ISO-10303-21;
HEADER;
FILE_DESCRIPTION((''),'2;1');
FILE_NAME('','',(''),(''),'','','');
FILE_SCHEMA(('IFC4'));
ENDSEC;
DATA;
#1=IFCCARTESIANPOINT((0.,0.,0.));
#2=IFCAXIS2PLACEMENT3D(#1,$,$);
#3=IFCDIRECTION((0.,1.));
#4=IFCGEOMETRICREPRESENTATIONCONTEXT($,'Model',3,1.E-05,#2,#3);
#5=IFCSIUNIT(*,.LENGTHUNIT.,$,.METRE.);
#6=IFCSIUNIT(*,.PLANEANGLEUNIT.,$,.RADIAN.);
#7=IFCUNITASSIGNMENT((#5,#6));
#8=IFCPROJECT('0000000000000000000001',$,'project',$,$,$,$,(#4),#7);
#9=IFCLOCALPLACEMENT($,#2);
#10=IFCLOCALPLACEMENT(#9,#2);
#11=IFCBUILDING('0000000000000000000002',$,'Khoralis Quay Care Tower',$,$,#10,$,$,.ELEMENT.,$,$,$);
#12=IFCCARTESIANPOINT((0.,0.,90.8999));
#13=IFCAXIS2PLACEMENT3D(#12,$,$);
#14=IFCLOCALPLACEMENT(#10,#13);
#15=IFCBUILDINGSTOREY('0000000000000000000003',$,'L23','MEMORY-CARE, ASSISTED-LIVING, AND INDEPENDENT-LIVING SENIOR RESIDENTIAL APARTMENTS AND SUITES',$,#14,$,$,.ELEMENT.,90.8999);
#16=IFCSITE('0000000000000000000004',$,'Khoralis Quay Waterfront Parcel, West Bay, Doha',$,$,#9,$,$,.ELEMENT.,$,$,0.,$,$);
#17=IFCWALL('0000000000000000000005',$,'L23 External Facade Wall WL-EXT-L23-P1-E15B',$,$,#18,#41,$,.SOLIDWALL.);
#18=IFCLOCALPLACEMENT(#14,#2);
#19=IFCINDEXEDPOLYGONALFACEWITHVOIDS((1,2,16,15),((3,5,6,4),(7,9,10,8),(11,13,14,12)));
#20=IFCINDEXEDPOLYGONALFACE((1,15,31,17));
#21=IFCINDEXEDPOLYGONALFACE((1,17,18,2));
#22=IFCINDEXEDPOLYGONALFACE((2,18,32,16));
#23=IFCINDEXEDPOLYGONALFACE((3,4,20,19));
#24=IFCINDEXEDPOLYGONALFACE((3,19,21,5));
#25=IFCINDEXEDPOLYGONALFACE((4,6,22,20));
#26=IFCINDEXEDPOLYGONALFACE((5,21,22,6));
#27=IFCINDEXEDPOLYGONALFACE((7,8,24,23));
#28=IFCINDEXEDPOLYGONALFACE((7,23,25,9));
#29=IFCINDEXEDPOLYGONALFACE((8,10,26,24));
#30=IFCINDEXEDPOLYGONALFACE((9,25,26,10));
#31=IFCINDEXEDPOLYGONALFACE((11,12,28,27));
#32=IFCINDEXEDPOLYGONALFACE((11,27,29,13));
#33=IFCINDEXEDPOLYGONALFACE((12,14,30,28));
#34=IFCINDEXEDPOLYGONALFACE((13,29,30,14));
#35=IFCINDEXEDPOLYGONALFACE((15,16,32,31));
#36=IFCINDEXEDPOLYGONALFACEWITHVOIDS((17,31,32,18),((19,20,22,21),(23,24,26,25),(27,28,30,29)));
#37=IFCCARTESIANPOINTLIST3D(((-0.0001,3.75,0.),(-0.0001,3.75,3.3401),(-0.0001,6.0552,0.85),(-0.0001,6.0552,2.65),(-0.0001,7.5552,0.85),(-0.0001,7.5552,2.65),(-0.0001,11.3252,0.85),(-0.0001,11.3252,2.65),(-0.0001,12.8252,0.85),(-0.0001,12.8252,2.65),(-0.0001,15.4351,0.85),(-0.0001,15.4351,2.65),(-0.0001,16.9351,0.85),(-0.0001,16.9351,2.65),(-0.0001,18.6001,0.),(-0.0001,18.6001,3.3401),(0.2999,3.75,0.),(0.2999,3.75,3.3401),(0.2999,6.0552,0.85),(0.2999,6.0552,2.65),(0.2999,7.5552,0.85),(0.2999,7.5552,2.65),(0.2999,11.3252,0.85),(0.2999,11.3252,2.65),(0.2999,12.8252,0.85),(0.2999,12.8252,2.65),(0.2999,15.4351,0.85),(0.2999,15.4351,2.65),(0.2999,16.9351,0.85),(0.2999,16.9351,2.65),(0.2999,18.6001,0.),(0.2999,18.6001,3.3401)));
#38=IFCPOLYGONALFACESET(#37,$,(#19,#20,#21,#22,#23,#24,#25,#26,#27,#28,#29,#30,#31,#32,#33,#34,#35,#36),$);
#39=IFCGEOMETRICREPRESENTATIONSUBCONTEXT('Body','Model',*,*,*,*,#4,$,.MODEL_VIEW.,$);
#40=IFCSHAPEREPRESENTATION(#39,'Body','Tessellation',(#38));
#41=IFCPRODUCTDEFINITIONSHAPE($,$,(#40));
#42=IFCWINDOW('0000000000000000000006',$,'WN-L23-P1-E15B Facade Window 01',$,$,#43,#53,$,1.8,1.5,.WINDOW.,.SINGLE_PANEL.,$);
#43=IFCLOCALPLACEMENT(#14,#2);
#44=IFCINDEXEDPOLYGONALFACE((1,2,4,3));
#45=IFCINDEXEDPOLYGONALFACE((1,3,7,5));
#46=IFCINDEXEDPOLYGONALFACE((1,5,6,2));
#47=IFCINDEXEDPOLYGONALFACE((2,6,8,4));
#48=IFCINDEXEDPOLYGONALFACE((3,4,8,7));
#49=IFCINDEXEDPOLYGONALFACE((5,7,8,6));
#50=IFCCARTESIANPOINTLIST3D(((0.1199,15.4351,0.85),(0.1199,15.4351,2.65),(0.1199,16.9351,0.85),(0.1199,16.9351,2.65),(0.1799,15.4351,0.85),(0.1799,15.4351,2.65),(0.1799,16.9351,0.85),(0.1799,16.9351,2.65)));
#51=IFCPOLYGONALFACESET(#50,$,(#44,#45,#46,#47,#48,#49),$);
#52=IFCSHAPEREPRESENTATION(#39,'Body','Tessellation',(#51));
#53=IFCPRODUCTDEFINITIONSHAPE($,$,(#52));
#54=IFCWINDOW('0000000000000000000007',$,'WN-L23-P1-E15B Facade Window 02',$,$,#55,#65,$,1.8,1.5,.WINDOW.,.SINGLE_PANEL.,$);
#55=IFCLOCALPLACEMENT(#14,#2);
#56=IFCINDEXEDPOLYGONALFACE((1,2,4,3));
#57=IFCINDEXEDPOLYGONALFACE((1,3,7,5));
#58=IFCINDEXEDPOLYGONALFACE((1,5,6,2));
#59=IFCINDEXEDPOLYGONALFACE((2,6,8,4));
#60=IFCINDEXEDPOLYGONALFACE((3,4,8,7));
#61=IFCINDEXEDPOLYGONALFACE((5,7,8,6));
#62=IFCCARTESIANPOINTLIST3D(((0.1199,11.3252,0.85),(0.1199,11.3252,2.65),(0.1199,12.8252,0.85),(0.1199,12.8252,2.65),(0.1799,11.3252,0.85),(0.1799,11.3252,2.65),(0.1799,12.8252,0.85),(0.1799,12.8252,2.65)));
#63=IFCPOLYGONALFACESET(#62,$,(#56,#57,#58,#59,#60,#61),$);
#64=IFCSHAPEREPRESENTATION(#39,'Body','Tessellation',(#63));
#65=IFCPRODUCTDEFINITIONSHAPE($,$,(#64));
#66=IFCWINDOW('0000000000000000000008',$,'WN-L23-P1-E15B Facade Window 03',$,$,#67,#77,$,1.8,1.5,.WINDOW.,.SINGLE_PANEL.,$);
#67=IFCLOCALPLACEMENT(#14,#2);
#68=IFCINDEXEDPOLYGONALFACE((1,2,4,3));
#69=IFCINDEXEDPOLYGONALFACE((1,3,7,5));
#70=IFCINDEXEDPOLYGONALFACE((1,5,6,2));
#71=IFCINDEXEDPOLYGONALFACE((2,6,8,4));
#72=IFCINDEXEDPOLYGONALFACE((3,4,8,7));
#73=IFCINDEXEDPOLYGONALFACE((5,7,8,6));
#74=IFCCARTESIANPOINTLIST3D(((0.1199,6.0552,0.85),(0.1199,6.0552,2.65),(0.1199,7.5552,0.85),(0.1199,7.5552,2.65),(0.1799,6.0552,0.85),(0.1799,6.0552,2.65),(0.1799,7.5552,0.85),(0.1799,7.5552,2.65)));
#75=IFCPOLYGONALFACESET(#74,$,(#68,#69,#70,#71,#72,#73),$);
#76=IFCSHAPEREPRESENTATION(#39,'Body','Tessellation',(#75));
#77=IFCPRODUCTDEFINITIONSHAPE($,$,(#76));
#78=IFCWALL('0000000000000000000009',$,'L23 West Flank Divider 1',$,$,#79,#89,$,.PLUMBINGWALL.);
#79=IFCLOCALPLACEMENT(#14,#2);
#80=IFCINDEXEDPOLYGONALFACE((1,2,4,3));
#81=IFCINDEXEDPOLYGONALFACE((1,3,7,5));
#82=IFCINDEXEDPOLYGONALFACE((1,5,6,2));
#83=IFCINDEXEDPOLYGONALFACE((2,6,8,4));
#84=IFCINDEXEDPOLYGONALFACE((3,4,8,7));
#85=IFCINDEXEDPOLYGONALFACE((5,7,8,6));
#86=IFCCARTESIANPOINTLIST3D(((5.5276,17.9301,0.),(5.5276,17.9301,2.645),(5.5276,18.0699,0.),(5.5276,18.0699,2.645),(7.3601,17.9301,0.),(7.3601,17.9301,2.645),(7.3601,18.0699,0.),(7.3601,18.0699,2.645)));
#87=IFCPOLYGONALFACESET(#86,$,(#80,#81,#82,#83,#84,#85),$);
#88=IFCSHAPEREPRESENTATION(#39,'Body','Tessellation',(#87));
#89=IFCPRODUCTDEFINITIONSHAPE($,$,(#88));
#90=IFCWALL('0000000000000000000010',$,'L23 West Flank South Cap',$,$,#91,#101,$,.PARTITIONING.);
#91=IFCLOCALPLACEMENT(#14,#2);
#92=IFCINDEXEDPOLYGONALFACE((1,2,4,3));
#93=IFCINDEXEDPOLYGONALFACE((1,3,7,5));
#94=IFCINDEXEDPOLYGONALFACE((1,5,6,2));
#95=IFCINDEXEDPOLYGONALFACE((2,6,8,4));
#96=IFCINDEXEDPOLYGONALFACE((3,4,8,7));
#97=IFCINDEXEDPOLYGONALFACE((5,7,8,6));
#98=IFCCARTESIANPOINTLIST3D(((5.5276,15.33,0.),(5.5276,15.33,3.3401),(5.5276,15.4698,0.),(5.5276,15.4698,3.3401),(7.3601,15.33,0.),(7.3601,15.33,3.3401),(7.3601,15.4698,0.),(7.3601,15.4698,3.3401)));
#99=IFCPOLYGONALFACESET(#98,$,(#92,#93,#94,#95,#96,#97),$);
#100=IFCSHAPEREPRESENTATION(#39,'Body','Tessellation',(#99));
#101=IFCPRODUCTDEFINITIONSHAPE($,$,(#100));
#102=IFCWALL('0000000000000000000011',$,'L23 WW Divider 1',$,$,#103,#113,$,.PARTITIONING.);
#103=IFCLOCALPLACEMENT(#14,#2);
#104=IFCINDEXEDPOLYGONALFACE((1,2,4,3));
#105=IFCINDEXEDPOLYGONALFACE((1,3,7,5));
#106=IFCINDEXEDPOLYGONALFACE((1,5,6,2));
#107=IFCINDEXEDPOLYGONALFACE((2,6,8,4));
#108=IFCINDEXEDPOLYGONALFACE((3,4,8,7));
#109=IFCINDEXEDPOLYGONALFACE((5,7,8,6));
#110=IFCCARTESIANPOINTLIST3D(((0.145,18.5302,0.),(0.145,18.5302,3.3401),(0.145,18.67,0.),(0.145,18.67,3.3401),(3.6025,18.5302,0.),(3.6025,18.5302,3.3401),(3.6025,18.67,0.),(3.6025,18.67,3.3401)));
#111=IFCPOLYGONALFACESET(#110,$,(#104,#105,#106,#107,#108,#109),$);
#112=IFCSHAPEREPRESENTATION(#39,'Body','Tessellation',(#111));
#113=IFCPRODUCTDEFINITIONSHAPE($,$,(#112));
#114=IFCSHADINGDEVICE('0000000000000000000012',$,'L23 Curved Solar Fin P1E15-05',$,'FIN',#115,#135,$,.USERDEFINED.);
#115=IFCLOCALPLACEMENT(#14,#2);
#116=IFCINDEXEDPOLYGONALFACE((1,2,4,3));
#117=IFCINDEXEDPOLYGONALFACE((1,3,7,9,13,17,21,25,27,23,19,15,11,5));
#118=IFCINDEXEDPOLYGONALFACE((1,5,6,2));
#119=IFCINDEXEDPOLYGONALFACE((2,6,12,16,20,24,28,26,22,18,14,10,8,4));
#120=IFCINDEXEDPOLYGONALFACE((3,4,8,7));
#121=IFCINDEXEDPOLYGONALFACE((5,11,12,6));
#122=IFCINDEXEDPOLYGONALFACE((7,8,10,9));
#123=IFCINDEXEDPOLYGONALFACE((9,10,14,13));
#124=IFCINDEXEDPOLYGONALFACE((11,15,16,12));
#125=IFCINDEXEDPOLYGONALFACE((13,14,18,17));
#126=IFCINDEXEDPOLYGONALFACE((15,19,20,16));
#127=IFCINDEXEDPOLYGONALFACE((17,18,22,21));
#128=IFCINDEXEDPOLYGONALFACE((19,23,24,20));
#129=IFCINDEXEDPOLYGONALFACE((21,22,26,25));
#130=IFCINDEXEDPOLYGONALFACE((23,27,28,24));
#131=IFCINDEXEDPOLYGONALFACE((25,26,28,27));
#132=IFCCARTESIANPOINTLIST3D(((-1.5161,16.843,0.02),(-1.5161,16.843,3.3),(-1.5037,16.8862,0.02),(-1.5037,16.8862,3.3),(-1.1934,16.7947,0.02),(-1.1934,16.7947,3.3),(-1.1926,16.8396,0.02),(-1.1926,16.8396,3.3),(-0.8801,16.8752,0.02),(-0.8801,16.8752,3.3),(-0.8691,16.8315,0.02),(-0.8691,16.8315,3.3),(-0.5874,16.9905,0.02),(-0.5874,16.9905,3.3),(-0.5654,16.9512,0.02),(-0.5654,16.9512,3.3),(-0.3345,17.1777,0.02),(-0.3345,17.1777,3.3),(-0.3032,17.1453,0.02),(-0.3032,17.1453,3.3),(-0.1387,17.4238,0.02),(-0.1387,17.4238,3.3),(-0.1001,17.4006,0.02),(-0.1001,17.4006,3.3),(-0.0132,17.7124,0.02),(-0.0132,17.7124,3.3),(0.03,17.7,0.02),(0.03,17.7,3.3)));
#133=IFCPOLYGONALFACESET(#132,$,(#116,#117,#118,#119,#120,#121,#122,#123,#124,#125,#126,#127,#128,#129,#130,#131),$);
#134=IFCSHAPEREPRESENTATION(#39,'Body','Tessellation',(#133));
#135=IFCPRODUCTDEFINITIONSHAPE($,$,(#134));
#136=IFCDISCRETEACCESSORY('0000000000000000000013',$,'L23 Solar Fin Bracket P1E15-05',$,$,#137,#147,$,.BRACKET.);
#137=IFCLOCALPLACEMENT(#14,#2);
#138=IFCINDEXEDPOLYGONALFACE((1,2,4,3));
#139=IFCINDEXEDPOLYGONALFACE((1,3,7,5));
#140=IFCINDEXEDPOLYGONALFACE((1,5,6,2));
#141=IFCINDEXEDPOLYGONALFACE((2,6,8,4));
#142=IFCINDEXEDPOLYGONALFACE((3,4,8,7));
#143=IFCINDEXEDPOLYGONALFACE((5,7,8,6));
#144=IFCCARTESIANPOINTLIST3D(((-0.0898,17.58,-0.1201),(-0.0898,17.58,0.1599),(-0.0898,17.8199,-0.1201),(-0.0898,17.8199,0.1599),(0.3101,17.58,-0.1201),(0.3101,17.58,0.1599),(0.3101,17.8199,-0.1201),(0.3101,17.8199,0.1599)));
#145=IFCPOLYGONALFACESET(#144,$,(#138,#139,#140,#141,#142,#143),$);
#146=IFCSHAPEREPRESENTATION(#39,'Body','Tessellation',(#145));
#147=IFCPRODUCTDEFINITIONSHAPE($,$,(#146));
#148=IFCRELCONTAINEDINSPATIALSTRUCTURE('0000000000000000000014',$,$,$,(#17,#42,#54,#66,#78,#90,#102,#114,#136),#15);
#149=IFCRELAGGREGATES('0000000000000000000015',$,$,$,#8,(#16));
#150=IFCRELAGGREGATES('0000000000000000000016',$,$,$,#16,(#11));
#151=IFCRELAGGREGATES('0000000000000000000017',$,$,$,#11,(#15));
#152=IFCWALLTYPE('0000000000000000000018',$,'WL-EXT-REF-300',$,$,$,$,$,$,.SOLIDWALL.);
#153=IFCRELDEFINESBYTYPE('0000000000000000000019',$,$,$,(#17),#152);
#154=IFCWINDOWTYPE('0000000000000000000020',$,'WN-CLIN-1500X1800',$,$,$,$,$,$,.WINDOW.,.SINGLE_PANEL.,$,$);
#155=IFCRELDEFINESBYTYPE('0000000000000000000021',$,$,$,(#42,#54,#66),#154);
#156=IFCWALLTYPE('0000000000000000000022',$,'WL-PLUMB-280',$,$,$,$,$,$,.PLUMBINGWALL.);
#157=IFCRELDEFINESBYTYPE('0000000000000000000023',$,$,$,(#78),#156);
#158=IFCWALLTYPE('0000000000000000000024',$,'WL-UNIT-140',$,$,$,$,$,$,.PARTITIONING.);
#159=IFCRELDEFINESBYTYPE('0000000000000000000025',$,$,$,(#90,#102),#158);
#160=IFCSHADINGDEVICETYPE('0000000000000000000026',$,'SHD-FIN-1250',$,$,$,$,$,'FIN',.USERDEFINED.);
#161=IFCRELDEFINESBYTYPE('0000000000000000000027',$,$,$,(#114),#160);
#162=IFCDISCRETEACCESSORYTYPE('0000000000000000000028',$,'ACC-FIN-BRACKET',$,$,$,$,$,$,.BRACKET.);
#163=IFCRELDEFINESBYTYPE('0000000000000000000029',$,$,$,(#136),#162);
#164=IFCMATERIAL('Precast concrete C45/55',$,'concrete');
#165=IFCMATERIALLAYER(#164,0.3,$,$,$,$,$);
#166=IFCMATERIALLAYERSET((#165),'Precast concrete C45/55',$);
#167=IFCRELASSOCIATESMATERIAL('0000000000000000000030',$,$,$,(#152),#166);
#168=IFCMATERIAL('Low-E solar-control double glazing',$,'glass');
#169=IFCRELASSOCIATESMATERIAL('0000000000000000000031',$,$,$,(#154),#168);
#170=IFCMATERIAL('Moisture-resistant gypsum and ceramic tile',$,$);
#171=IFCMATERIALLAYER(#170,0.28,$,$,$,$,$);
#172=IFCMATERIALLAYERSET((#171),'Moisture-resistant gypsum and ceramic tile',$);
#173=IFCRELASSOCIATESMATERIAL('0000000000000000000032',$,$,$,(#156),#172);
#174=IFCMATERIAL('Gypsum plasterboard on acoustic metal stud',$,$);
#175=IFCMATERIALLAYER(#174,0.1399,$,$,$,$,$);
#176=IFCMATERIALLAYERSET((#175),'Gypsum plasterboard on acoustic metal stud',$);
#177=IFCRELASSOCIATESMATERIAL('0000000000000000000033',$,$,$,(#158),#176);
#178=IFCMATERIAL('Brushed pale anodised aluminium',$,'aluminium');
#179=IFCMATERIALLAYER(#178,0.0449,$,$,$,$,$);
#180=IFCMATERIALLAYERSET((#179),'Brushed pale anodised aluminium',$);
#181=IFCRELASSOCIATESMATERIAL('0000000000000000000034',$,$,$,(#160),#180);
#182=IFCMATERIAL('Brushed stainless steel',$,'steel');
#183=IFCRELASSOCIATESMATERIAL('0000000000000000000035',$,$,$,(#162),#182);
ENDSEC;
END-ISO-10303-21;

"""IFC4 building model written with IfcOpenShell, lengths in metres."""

from ifc_helpers import new_model, si_unit, direction, frame, frame_2d, origin, origin_2d, place, context, subcontext, project, spatial, polyline, rectangle, outline, extrude, source, transform, mapped, material, layer, layer_set, type_object, element, fill, save


model = new_model("IFC4")

# Units and contexts
model_context = context("Model", 3, precision=1e-05, world=origin(), true_north=direction((0.0, 1.0)))
body_context = subcontext(model_context, "Body", "Model", "MODEL_VIEW")
ifc_project = project(units=[si_unit("LENGTHUNIT", "METRE"), si_unit("PLANEANGLEUNIT", "RADIAN")], contexts=[model_context])

# Site, building, storey
site_placement = place(None, origin())
site = spatial("IfcSite", under=ifc_project, at=site_placement, Name="Khoralis Quay Waterfront Parcel, West Bay, Doha", CompositionType="ELEMENT", RefElevation=0.0)
building_placement = place(site_placement, origin())
building = spatial("IfcBuilding", under=site, at=building_placement, Name="Khoralis Quay Care Tower", CompositionType="ELEMENT")
storey_placement = place(building_placement, frame((0.0, 0.0, 90.8999)))
storey = spatial("IfcBuildingStorey", under=building, at=storey_placement, Name="L23", Description="MEMORY-CARE, ASSISTED-LIVING, AND INDEPENDENT-LIVING SENIOR RESIDENTIAL APARTMENTS AND SUITES", CompositionType="ELEMENT", Elevation=90.8999)

# Shared definitions
ifc_material_1 = material(Name="Low-E solar-control double glazing", Category="glass")

# Wall, openings, windows
ifc_material_2 = material(Name="Precast concrete C45/55", Category="concrete")
ifc_layer_1 = layer(ifc_material_2, 0.3)
ifc_layer_set_1 = layer_set([ifc_layer_1], Name="Precast concrete C45/55")
wall_type_1 = type_object("IfcWallType", Name="WL-EXT-REF-300", PredefinedType="SOLIDWALL", material=ifc_layer_set_1)
wall_1_placement = place(storey_placement, frame((0.1499, 18.6001, 0.0), z_axis=(0.0, 0.0, 1.0), x_axis=(0.0, -1.0, 0.0)))
wall_1 = element("IfcWall", 1, at=wall_1_placement, inside=storey, type_object=wall_type_1, Name="L23 External Facade Wall WL-EXT-L23-P1-E15B", PredefinedType="SOLIDWALL", context=body_context, shape_type="SweptSolid", body=[
    extrude(rectangle(XDim=14.8501, YDim=0.3, at=frame_2d((7.425, 0.0))), origin(), (0.0, 0.0, 1.0), 3.3401),
])
opening_1_placement = place(wall_1_placement, frame((1.665, 0.0, 0.8501)))
opening_1 = element("IfcOpeningElement", 2, at=opening_1_placement, cuts=wall_1, PredefinedType="OPENING", context=body_context, shape_type="SweptSolid", body=[
    extrude(rectangle(XDim=1.5, YDim=1.8, at=frame_2d((0.75, 0.8999))), frame((0.0, 0.1602, 0.0), z_axis=(0.0, -1.0, 0.0), x_axis=(1.0, 0.0, 0.0)), (0.0, 0.0, 1.0), 0.3201),
])
opening_2_placement = place(wall_1_placement, frame((5.7749, 0.0, 0.8501)))
opening_2 = element("IfcOpeningElement", 3, at=opening_2_placement, cuts=wall_1, PredefinedType="OPENING", context=body_context, shape_type="SweptSolid", body=[
    extrude(rectangle(XDim=1.5, YDim=1.8, at=frame_2d((0.75, 0.8999))), frame((0.0, 0.1602, 0.0), z_axis=(0.0, -1.0, 0.0), x_axis=(1.0, 0.0, 0.0)), (0.0, 0.0, 1.0), 0.3201),
])
opening_3_placement = place(wall_1_placement, frame((11.0449, 0.0, 0.8501)))
opening_3 = element("IfcOpeningElement", 4, at=opening_3_placement, cuts=wall_1, PredefinedType="OPENING", context=body_context, shape_type="SweptSolid", body=[
    extrude(rectangle(XDim=1.5, YDim=1.8, at=frame_2d((0.75, 0.8999))), frame((0.0, 0.1602, 0.0), z_axis=(0.0, -1.0, 0.0), x_axis=(1.0, 0.0, 0.0)), (0.0, 0.0, 1.0), 0.3201),
])
window_type = type_object("IfcWindowType", Name="WN-CLIN-1500X1800", PartitioningType="SINGLE_PANEL", PredefinedType="WINDOW", material=ifc_material_1)
shared_shape_1 = source(origin(), body_context, "Body", "SweptSolid", [
    extrude(rectangle(XDim=1.5, YDim=1.8, at=frame_2d((0.75, 0.8999))), frame((0.0, 0.03, 0.0), z_axis=(0.0, -1.0, 0.0), x_axis=(1.0, 0.0, 0.0)), (0.0, 0.0, 1.0), 0.0601),
])
window_1_placement = place(opening_1_placement, origin())
window_1 = element("IfcWindow", 5, at=window_1_placement, inside=storey, type_object=window_type, Name="WN-L23-P1-E15B Facade Window 01", OverallHeight=1.8, OverallWidth=1.5, PartitioningType="SINGLE_PANEL", PredefinedType="WINDOW", context=body_context, shape_type="MappedRepresentation", body=[
    mapped(shared_shape_1, transform((0.0, 0.0, 0.0), scale=1.0)),
])
fill(opening_1, window_1)
window_2_placement = place(opening_2_placement, origin())
window_2 = element("IfcWindow", 6, at=window_2_placement, inside=storey, type_object=window_type, Name="WN-L23-P1-E15B Facade Window 02", OverallHeight=1.8, OverallWidth=1.5, PartitioningType="SINGLE_PANEL", PredefinedType="WINDOW", context=body_context, shape_type="MappedRepresentation", body=[
    mapped(shared_shape_1, transform((0.0, 0.0, 0.0), scale=1.0)),
])
fill(opening_2, window_2)
window_3_placement = place(opening_3_placement, origin())
window_3 = element("IfcWindow", 7, at=window_3_placement, inside=storey, type_object=window_type, Name="WN-L23-P1-E15B Facade Window 03", OverallHeight=1.8, OverallWidth=1.5, PartitioningType="SINGLE_PANEL", PredefinedType="WINDOW", context=body_context, shape_type="MappedRepresentation", body=[
    mapped(shared_shape_1, transform((0.0, 0.0, 0.0), scale=1.0)),
])
fill(opening_3, window_3)

# Walls
ifc_material_3 = material(Name="Moisture-resistant gypsum and ceramic tile")
ifc_layer_2 = layer(ifc_material_3, 0.28)
ifc_layer_set_2 = layer_set([ifc_layer_2], Name="Moisture-resistant gypsum and ceramic tile")
wall_type_2 = type_object("IfcWallType", Name="WL-PLUMB-280", PredefinedType="PLUMBINGWALL", material=ifc_layer_set_2)
wall_2_placement = place(storey_placement, frame((5.5276, 18.0, 0.0), z_axis=(0.0, 0.0, 1.0), x_axis=(1.0, 0.0, 0.0)))
element("IfcWall", 8, at=wall_2_placement, inside=storey, type_object=wall_type_2, Name="L23 West Flank Divider 1", PredefinedType="PLUMBINGWALL", context=body_context, shape_type="SweptSolid", body=[
    extrude(rectangle(XDim=1.8325, YDim=0.1399, at=frame_2d((0.9163, 0.0))), origin(), (0.0, 0.0, 1.0), 2.645),
])
ifc_material_4 = material(Name="Gypsum plasterboard on acoustic metal stud")
ifc_layer_3 = layer(ifc_material_4, 0.1399)
ifc_layer_set_3 = layer_set([ifc_layer_3], Name="Gypsum plasterboard on acoustic metal stud")
wall_type_3 = type_object("IfcWallType", Name="WL-UNIT-140", PredefinedType="PARTITIONING", material=ifc_layer_set_3)
wall_3_placement = place(storey_placement, frame((5.5276, 15.3999, 0.0), z_axis=(0.0, 0.0, 1.0), x_axis=(1.0, 0.0, 0.0)))
element("IfcWall", 9, at=wall_3_placement, inside=storey, type_object=wall_type_3, Name="L23 West Flank South Cap", PredefinedType="PARTITIONING", context=body_context, shape_type="SweptSolid", body=[
    extrude(rectangle(XDim=1.8325, YDim=0.1399, at=frame_2d((0.9163, 0.0))), origin(), (0.0, 0.0, 1.0), 3.3401),
])
wall_4_placement = place(storey_placement, frame((0.145, 18.6001, 0.0), z_axis=(0.0, 0.0, 1.0), x_axis=(1.0, 0.0, 0.0)))
element("IfcWall", 10, at=wall_4_placement, inside=storey, type_object=wall_type_3, Name="L23 WW Divider 1", PredefinedType="PARTITIONING", context=body_context, shape_type="SweptSolid", body=[
    extrude(rectangle(XDim=3.4575, YDim=0.1399, at=frame_2d((1.7288, 0.0))), origin(), (0.0, 0.0, 1.0), 3.3401),
])

# Shading device
ifc_material_5 = material(Name="Brushed pale anodised aluminium", Category="aluminium")
ifc_layer_4 = layer(ifc_material_5, 0.0449)
ifc_layer_set_4 = layer_set([ifc_layer_4], Name="Brushed pale anodised aluminium")
shading_device_type = type_object("IfcShadingDeviceType", Name="SHD-FIN-1250", ElementType="FIN", PredefinedType="USERDEFINED", material=ifc_layer_set_4)
shared_shape_2 = source(origin(), body_context, "Body", "SweptSolid", [
    extrude(outline(polyline([(0.0, 0.0), (0.1301, 0.2993), (0.3333, 0.5547), (0.5955, 0.7488), (0.8992, 0.8684), (1.2234, 0.9053), (1.5461, 0.8569), (1.5337, 0.8137), (1.2227, 0.8604), (0.9102, 0.8247), (0.6174, 0.7095), (0.3645, 0.5222), (0.1687, 0.2761), (0.0432, -0.0125), (0.0, 0.0)])), origin(), (0.0, 0.0, 1.0), 3.28),
])
shading_device_placement = place(storey_placement, frame((0.03, 17.7, 0.02), z_axis=(0.0, 0.0, 1.0), x_axis=(-1.0, 0.0, 0.0)))
element("IfcShadingDevice", 11, at=shading_device_placement, inside=storey, type_object=shading_device_type, Name="L23 Curved Solar Fin P1E15-05", ObjectType="FIN", PredefinedType="USERDEFINED", context=body_context, shape_type="MappedRepresentation", body=[
    mapped(shared_shape_2, transform((0.0, 0.0, 0.0), scale=1.0)),
])

# Discrete accessory
ifc_material_6 = material(Name="Brushed stainless steel", Category="steel")
discrete_accessory_type = type_object("IfcDiscreteAccessoryType", Name="ACC-FIN-BRACKET", PredefinedType="BRACKET", material=ifc_material_6)
shared_shape_3 = source(origin(), body_context, "Body", "SweptSolid", [
    extrude(rectangle(XDim=0.3999, YDim=0.24, at=origin_2d()), origin(), (0.0, 0.0, 1.0), 0.28),
])
discrete_accessory_placement = place(storey_placement, frame((0.1101, 17.7, -0.1201), z_axis=(0.0, 0.0, 1.0), x_axis=(-1.0, 0.0, 0.0)))
element("IfcDiscreteAccessory", 12, at=discrete_accessory_placement, inside=storey, type_object=discrete_accessory_type, Name="L23 Solar Fin Bracket P1E15-05", PredefinedType="BRACKET", context=body_context, shape_type="MappedRepresentation", body=[
    mapped(shared_shape_3, transform((0.0, 0.0, 0.0), scale=1.0)),
])

save(model, "model.ifc")
